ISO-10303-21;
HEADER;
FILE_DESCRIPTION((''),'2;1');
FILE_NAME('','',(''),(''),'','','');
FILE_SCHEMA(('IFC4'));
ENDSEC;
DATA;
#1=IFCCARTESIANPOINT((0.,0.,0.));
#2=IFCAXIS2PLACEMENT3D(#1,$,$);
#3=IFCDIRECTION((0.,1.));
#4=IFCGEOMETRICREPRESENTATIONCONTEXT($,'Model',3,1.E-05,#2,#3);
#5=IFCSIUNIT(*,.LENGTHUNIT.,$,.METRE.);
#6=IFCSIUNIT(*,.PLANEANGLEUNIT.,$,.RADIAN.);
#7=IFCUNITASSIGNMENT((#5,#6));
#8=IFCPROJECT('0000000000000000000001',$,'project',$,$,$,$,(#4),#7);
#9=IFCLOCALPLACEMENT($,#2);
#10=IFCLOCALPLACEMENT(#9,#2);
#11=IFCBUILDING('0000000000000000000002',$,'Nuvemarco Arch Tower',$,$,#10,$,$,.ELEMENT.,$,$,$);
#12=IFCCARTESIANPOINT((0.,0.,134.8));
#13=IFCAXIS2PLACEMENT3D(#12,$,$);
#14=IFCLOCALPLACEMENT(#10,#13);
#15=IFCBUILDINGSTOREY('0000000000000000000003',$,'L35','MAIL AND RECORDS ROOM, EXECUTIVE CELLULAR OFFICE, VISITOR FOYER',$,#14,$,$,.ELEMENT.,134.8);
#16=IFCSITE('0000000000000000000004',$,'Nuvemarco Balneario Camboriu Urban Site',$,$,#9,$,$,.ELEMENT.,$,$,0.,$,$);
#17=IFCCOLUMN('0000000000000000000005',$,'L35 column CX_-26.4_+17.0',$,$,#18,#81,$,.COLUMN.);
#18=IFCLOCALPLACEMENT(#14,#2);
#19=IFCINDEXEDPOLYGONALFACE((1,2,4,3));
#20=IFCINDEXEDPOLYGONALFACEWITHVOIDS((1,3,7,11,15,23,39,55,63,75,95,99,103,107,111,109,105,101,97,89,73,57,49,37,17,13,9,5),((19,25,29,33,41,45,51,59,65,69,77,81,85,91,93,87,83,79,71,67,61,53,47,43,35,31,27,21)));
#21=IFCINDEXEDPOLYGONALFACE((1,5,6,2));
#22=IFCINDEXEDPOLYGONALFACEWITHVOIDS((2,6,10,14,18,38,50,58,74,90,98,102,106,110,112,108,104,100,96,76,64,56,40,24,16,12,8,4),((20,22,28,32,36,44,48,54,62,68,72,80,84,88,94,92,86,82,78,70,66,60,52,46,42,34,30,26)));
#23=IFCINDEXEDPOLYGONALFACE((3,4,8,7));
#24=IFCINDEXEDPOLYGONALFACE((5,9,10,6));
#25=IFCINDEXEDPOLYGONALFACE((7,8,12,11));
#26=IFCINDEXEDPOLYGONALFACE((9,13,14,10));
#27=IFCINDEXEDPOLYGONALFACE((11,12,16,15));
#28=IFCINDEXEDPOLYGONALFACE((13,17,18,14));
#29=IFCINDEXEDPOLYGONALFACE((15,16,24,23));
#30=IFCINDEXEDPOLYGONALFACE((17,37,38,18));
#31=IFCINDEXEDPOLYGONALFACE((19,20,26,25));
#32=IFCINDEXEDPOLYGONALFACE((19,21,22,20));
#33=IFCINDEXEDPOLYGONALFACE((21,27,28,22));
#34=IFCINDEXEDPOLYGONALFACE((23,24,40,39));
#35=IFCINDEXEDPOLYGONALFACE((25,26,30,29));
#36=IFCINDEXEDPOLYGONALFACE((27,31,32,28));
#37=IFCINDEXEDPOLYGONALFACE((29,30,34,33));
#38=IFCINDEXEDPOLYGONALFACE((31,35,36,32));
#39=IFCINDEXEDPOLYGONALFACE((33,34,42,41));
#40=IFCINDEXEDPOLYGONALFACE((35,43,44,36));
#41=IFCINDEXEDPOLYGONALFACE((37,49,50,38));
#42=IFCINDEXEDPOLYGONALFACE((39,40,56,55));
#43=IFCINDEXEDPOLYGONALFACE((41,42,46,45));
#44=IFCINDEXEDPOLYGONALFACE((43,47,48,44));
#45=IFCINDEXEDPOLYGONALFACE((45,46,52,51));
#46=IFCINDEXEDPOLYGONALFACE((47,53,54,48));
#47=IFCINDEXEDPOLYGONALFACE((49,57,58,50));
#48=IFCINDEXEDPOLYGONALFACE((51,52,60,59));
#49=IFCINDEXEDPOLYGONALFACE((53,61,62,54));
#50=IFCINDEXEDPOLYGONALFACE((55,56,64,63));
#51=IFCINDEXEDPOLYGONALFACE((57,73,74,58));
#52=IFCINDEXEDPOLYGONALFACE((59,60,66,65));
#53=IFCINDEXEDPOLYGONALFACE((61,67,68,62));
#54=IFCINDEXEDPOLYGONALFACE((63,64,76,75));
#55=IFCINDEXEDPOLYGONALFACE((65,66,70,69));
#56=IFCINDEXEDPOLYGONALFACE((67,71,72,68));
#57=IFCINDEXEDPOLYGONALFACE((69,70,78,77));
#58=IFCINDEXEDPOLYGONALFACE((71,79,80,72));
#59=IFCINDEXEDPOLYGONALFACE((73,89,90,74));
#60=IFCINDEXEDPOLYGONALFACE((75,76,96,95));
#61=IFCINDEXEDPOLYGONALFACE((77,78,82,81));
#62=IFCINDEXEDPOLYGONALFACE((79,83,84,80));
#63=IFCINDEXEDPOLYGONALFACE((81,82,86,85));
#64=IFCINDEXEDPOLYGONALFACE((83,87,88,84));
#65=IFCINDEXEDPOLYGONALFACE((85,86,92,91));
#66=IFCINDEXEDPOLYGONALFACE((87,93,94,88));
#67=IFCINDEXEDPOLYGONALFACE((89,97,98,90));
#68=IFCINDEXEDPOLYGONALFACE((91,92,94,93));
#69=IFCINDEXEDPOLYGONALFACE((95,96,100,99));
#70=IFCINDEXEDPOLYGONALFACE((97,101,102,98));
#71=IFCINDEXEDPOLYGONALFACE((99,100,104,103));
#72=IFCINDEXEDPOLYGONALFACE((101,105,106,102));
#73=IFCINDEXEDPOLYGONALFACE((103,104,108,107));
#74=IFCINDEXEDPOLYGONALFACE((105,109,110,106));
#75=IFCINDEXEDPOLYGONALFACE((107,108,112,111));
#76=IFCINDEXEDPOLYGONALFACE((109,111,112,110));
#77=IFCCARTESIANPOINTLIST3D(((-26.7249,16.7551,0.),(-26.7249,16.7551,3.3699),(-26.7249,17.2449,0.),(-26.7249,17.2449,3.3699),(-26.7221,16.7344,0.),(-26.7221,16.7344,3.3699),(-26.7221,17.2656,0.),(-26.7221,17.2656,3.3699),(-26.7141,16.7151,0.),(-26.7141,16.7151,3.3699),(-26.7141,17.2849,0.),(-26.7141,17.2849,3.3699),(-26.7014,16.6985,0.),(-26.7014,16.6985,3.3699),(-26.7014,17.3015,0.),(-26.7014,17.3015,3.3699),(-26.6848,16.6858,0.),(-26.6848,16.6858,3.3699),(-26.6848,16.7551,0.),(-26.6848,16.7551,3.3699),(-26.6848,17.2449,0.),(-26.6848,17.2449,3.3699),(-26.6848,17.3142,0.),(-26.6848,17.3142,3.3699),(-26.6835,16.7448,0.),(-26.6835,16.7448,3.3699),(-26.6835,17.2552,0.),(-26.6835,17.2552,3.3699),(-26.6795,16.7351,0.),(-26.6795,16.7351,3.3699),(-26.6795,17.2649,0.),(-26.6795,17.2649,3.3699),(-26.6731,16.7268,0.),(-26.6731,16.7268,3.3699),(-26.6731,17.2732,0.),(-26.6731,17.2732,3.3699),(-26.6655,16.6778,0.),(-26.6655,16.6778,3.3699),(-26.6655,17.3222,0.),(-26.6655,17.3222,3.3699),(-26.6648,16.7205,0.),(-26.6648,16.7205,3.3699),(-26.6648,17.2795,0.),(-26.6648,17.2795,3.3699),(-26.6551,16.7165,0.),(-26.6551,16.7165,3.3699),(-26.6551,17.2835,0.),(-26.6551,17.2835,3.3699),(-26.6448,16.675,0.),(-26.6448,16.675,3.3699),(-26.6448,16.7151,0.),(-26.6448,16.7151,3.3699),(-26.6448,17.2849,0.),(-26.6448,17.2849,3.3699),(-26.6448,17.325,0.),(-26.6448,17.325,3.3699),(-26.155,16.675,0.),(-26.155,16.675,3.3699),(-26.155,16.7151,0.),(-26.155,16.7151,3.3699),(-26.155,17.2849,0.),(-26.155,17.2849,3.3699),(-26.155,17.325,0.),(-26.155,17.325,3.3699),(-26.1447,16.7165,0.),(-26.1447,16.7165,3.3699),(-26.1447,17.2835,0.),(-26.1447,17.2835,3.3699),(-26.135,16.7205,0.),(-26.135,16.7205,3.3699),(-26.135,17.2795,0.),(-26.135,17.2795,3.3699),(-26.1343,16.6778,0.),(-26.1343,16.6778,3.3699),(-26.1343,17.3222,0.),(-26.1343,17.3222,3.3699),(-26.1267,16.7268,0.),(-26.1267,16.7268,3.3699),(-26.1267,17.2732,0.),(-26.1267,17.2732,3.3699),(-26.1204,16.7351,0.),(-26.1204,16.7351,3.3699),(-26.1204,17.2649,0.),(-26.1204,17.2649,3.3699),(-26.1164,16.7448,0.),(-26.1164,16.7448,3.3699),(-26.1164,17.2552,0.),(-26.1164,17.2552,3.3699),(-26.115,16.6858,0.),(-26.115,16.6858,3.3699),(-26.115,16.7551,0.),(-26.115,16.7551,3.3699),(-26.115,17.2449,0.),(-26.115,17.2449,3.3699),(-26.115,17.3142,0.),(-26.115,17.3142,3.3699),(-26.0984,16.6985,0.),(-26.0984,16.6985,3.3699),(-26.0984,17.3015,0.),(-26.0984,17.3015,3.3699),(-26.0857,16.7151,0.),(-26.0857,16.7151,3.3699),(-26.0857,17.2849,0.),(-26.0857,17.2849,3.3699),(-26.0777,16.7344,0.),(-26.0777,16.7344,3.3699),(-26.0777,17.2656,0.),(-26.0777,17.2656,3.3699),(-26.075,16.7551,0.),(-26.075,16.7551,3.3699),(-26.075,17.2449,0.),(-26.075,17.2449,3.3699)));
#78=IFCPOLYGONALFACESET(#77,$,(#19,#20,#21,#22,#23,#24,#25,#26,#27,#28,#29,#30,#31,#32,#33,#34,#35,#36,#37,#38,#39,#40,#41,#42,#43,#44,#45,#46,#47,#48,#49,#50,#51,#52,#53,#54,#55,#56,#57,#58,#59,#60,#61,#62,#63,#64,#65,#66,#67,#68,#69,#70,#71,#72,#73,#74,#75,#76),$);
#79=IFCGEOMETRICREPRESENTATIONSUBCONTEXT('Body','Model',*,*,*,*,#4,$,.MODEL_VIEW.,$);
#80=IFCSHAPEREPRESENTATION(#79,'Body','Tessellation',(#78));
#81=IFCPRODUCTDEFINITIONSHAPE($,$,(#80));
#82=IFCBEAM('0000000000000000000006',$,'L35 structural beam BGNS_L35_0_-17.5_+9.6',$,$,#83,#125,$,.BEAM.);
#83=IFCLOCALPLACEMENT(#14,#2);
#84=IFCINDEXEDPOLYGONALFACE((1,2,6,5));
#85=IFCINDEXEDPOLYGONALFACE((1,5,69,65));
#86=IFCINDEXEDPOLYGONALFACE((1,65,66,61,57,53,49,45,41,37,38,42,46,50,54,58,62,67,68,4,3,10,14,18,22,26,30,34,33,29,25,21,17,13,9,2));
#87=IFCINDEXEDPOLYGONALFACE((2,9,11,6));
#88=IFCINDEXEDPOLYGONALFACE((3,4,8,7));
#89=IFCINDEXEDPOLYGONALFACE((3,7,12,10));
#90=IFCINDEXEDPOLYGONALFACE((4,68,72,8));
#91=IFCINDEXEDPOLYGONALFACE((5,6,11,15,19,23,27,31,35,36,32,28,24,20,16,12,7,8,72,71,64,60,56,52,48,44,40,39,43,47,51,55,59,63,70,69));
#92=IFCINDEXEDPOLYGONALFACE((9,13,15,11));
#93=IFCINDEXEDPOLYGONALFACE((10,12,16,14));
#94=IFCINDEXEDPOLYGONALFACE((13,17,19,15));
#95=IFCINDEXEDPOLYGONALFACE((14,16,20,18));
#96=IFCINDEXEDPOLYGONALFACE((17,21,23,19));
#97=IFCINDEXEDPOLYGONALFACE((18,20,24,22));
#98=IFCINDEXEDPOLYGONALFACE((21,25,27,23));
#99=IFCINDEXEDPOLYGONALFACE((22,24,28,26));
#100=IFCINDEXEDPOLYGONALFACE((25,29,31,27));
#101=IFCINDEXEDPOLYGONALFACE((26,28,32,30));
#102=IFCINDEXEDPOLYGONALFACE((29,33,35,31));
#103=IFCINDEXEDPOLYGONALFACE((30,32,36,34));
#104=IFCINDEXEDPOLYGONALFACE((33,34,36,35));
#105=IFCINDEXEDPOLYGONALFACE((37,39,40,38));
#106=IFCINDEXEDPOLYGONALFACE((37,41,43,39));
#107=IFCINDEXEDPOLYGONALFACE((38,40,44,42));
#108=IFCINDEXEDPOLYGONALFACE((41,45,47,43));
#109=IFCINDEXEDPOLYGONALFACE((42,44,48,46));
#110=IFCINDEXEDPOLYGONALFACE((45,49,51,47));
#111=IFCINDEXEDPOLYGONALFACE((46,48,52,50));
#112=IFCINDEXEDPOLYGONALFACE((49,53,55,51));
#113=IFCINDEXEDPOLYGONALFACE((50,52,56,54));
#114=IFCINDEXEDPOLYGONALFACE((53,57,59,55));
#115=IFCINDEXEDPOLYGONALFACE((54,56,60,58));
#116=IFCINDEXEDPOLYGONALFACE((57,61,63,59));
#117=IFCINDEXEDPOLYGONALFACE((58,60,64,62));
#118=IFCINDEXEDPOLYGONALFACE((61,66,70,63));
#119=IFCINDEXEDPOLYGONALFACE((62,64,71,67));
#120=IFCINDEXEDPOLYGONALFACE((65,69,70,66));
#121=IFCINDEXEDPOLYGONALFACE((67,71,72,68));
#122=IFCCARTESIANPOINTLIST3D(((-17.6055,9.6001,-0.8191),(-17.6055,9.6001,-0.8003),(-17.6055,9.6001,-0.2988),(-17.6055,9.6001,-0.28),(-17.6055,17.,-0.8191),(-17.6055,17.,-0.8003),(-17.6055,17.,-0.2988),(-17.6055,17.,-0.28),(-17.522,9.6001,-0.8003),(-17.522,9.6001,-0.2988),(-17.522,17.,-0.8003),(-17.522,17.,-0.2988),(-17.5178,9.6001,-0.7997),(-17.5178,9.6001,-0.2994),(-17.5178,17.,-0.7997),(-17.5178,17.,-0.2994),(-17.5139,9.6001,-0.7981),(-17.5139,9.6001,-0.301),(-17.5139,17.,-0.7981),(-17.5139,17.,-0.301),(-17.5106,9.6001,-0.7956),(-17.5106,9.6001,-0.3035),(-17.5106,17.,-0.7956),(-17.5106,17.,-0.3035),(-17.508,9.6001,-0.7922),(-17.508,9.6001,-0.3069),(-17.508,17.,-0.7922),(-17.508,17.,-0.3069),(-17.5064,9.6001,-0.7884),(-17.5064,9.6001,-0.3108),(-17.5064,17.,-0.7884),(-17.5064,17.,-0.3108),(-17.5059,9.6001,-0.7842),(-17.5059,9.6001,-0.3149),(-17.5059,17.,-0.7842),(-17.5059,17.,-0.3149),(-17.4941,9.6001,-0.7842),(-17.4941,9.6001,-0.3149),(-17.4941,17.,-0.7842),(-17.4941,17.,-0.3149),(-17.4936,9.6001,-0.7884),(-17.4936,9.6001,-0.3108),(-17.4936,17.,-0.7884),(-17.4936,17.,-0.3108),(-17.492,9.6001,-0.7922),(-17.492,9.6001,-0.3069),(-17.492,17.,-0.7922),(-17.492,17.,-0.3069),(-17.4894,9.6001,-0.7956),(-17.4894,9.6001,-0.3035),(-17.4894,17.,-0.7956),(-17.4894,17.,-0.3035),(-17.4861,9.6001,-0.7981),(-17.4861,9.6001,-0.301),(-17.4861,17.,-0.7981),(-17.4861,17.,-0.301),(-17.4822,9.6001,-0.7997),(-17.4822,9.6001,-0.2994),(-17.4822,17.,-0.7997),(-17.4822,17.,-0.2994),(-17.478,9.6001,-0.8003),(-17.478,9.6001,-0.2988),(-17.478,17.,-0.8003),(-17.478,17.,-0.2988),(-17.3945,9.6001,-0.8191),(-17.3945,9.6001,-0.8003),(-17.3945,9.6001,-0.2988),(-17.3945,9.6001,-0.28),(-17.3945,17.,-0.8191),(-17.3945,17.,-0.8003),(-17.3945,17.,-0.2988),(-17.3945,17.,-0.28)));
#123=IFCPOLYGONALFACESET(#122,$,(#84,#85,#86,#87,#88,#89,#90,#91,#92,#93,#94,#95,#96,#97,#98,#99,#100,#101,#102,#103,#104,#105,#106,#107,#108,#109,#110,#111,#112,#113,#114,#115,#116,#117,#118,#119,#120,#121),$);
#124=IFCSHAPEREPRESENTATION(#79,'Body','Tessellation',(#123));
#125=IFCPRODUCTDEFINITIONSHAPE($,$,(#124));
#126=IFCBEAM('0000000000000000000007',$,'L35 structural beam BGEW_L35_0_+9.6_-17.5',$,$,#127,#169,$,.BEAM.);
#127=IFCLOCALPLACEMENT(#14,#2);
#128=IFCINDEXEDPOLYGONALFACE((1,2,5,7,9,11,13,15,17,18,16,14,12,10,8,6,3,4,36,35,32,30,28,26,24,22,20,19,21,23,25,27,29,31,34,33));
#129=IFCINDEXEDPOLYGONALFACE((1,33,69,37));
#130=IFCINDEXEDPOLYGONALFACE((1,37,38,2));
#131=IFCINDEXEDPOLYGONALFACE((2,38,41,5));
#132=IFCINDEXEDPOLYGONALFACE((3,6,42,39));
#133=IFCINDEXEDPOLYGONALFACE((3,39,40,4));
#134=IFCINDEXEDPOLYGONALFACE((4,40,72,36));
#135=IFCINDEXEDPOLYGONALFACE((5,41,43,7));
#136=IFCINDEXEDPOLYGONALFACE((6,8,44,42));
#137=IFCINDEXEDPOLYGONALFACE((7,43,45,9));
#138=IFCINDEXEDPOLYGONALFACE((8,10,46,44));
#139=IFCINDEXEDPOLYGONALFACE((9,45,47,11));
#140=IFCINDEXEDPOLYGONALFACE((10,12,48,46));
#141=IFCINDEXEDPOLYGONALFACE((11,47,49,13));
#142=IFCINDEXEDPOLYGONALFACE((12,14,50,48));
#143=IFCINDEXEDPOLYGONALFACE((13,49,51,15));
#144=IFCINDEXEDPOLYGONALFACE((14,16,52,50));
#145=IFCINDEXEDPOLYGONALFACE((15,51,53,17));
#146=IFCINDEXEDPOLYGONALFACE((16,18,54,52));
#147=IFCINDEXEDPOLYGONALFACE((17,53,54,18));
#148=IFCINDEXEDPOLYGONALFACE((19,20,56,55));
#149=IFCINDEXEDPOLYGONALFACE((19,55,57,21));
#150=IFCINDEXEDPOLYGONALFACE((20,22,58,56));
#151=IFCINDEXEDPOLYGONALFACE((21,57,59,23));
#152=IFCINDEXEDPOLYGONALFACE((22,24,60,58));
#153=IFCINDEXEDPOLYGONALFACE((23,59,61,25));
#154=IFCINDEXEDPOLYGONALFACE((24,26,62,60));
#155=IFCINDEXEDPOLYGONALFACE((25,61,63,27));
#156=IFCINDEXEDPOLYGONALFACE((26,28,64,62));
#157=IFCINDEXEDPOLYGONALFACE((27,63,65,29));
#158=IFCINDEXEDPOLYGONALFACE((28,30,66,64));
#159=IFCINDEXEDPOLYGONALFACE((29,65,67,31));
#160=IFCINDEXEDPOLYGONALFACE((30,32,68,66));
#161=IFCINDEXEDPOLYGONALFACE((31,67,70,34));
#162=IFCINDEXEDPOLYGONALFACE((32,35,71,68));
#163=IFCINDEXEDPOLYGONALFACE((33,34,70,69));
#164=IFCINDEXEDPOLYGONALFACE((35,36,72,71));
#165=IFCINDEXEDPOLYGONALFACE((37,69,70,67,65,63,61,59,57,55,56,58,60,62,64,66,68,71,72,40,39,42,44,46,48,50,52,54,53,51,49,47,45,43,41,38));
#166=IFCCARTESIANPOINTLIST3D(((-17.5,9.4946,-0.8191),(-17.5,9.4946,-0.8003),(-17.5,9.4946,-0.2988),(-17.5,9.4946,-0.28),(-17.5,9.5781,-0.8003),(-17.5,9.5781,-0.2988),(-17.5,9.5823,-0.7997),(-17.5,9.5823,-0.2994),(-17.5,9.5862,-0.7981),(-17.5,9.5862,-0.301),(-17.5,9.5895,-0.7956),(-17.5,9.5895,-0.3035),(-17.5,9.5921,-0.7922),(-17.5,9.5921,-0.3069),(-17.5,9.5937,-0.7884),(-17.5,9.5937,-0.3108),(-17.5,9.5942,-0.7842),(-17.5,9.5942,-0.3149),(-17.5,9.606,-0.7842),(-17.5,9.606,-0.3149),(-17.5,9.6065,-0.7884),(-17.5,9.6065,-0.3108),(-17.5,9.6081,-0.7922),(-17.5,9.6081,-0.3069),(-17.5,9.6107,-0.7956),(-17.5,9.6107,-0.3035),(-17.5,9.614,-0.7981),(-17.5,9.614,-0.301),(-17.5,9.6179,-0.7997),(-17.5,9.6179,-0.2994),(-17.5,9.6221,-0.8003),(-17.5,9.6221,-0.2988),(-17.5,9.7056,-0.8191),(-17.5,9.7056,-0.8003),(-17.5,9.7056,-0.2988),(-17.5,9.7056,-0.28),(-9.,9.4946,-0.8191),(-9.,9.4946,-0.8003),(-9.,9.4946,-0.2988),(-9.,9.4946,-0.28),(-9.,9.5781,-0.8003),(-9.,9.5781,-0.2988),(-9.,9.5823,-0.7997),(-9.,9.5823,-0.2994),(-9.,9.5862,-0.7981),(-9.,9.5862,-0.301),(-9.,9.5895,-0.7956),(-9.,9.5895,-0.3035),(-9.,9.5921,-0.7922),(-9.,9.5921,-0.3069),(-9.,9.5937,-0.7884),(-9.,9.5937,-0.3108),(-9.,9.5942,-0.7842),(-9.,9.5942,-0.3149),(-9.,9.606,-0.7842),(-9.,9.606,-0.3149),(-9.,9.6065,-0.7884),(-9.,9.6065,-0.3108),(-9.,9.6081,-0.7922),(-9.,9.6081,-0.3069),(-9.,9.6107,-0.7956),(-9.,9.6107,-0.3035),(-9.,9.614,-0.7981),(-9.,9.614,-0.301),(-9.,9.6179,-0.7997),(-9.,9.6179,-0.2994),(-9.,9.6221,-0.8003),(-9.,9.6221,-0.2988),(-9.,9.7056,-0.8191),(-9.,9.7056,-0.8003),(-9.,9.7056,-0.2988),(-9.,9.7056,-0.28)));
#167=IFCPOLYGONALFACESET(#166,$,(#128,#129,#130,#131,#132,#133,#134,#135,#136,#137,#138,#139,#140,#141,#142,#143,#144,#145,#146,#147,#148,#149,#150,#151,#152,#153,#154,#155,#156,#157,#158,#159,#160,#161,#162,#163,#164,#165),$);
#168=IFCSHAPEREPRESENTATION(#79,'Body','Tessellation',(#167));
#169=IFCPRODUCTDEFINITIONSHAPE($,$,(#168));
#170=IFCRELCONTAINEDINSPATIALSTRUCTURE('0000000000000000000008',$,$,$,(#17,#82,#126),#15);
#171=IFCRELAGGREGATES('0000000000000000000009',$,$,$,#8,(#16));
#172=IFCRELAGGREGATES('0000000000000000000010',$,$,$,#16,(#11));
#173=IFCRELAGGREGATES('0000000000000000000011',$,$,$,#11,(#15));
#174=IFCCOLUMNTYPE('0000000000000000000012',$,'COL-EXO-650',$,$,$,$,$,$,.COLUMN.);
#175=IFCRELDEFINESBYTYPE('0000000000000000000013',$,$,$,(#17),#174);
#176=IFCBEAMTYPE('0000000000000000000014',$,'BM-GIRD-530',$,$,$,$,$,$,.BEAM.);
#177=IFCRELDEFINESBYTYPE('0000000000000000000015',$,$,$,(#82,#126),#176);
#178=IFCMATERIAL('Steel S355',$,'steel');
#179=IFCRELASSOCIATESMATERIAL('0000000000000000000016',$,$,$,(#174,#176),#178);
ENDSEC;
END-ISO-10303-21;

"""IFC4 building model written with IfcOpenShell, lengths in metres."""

from ifc_helpers import new_model, si_unit, direction, frame, origin, origin_2d, place, context, subcontext, project, spatial, hollow_rectangle, i_section, extrude, material, material_profile, profile_set, type_object, element, save


model = new_model("IFC4")

# Units and contexts
model_context = context("Model", 3, precision=1e-05, world=origin(), true_north=direction((0.0, 1.0)))
body_context = subcontext(model_context, "Body", "Model", "MODEL_VIEW")
ifc_project = project(units=[si_unit("LENGTHUNIT", "METRE"), si_unit("PLANEANGLEUNIT", "RADIAN")], contexts=[model_context])

# Site, building, storey
site_placement = place(None, origin())
site = spatial("IfcSite", under=ifc_project, at=site_placement, Name="Nuvemarco Balneario Camboriu Urban Site", CompositionType="ELEMENT", RefElevation=0.0)
building_placement = place(site_placement, origin())
building = spatial("IfcBuilding", under=site, at=building_placement, Name="Nuvemarco Arch Tower", CompositionType="ELEMENT")
storey_placement = place(building_placement, frame((0.0, 0.0, 134.8)))
storey = spatial("IfcBuildingStorey", under=building, at=storey_placement, Name="L35", Description="MAIL AND RECORDS ROOM, EXECUTIVE CELLULAR OFFICE, VISITOR FOYER", CompositionType="ELEMENT", Elevation=134.8)

# Column
ifc_material_1 = material(Name="Steel S355", Category="steel")
ifc_material_profile_1 = material_profile(ifc_material_1, hollow_rectangle(XDim=0.6499, YDim=0.6499, WallThickness=0.04, InnerFilletRadius=0.04, OuterFilletRadius=0.0801, at=origin_2d()), Name="SHS650x650x40")
ifc_profile_set_1 = profile_set([ifc_material_profile_1], Name="Steel S355")
column_type = type_object("IfcColumnType", Name="COL-EXO-650", PredefinedType="COLUMN", material=ifc_profile_set_1)
column_placement = place(storey_placement, frame((-26.3999, 17.0, 0.0), z_axis=(0.0, 0.0, 1.0), x_axis=(1.0, 0.0, 0.0)))
element("IfcColumn", 1, at=column_placement, inside=storey, type_object=column_type, Name="L35 column CX_-26.4_+17.0", PredefinedType="COLUMN", context=body_context, shape_type="SweptSolid", body=[
    extrude(hollow_rectangle(XDim=0.6499, YDim=0.6499, WallThickness=0.04, InnerFilletRadius=0.04, OuterFilletRadius=0.0801, at=origin_2d()), origin(), (0.0, 0.0, 1.0), 3.3699),
])

# Beams
ifc_material_profile_2 = material_profile(ifc_material_1, i_section(OverallWidth=0.2109, OverallDepth=0.5391, WebThickness=0.0117, FlangeThickness=0.0188, FilletRadius=0.0161, at=origin_2d()), Name="W530x109")
ifc_profile_set_2 = profile_set([ifc_material_profile_2], Name="Steel S355")
beam_type_1 = type_object("IfcBeamType", Name="BM-GIRD-530", PredefinedType="BEAM", material=ifc_profile_set_2)
beam_1_placement = place(storey_placement, frame((-17.5, 9.6001, -0.5496), z_axis=(0.0, 1.0, 0.0), x_axis=(-1.0, 0.0, 0.0)))
element("IfcBeam", 2, at=beam_1_placement, inside=storey, type_object=beam_type_1, Name="L35 structural beam BGNS_L35_0_-17.5_+9.6", PredefinedType="BEAM", context=body_context, shape_type="SweptSolid", body=[
    extrude(i_section(OverallWidth=0.2109, OverallDepth=0.5391, WebThickness=0.0117, FlangeThickness=0.0188, FilletRadius=0.0161, at=origin_2d()), origin(), (0.0, 0.0, 1.0), 7.3999),
])
beam_2_placement = place(storey_placement, frame((-17.5, 9.6001, -0.5496), z_axis=(1.0, 0.0, 0.0), x_axis=(0.0, 1.0, 0.0)))
element("IfcBeam", 3, at=beam_2_placement, inside=storey, type_object=beam_type_1, Name="L35 structural beam BGEW_L35_0_+9.6_-17.5", PredefinedType="BEAM", context=body_context, shape_type="SweptSolid", body=[
    extrude(i_section(OverallWidth=0.2109, OverallDepth=0.5391, WebThickness=0.0117, FlangeThickness=0.0188, FilletRadius=0.0161, at=origin_2d()), origin(), (0.0, 0.0, 1.0), 8.5),
])

save(model, "model.ifc")
